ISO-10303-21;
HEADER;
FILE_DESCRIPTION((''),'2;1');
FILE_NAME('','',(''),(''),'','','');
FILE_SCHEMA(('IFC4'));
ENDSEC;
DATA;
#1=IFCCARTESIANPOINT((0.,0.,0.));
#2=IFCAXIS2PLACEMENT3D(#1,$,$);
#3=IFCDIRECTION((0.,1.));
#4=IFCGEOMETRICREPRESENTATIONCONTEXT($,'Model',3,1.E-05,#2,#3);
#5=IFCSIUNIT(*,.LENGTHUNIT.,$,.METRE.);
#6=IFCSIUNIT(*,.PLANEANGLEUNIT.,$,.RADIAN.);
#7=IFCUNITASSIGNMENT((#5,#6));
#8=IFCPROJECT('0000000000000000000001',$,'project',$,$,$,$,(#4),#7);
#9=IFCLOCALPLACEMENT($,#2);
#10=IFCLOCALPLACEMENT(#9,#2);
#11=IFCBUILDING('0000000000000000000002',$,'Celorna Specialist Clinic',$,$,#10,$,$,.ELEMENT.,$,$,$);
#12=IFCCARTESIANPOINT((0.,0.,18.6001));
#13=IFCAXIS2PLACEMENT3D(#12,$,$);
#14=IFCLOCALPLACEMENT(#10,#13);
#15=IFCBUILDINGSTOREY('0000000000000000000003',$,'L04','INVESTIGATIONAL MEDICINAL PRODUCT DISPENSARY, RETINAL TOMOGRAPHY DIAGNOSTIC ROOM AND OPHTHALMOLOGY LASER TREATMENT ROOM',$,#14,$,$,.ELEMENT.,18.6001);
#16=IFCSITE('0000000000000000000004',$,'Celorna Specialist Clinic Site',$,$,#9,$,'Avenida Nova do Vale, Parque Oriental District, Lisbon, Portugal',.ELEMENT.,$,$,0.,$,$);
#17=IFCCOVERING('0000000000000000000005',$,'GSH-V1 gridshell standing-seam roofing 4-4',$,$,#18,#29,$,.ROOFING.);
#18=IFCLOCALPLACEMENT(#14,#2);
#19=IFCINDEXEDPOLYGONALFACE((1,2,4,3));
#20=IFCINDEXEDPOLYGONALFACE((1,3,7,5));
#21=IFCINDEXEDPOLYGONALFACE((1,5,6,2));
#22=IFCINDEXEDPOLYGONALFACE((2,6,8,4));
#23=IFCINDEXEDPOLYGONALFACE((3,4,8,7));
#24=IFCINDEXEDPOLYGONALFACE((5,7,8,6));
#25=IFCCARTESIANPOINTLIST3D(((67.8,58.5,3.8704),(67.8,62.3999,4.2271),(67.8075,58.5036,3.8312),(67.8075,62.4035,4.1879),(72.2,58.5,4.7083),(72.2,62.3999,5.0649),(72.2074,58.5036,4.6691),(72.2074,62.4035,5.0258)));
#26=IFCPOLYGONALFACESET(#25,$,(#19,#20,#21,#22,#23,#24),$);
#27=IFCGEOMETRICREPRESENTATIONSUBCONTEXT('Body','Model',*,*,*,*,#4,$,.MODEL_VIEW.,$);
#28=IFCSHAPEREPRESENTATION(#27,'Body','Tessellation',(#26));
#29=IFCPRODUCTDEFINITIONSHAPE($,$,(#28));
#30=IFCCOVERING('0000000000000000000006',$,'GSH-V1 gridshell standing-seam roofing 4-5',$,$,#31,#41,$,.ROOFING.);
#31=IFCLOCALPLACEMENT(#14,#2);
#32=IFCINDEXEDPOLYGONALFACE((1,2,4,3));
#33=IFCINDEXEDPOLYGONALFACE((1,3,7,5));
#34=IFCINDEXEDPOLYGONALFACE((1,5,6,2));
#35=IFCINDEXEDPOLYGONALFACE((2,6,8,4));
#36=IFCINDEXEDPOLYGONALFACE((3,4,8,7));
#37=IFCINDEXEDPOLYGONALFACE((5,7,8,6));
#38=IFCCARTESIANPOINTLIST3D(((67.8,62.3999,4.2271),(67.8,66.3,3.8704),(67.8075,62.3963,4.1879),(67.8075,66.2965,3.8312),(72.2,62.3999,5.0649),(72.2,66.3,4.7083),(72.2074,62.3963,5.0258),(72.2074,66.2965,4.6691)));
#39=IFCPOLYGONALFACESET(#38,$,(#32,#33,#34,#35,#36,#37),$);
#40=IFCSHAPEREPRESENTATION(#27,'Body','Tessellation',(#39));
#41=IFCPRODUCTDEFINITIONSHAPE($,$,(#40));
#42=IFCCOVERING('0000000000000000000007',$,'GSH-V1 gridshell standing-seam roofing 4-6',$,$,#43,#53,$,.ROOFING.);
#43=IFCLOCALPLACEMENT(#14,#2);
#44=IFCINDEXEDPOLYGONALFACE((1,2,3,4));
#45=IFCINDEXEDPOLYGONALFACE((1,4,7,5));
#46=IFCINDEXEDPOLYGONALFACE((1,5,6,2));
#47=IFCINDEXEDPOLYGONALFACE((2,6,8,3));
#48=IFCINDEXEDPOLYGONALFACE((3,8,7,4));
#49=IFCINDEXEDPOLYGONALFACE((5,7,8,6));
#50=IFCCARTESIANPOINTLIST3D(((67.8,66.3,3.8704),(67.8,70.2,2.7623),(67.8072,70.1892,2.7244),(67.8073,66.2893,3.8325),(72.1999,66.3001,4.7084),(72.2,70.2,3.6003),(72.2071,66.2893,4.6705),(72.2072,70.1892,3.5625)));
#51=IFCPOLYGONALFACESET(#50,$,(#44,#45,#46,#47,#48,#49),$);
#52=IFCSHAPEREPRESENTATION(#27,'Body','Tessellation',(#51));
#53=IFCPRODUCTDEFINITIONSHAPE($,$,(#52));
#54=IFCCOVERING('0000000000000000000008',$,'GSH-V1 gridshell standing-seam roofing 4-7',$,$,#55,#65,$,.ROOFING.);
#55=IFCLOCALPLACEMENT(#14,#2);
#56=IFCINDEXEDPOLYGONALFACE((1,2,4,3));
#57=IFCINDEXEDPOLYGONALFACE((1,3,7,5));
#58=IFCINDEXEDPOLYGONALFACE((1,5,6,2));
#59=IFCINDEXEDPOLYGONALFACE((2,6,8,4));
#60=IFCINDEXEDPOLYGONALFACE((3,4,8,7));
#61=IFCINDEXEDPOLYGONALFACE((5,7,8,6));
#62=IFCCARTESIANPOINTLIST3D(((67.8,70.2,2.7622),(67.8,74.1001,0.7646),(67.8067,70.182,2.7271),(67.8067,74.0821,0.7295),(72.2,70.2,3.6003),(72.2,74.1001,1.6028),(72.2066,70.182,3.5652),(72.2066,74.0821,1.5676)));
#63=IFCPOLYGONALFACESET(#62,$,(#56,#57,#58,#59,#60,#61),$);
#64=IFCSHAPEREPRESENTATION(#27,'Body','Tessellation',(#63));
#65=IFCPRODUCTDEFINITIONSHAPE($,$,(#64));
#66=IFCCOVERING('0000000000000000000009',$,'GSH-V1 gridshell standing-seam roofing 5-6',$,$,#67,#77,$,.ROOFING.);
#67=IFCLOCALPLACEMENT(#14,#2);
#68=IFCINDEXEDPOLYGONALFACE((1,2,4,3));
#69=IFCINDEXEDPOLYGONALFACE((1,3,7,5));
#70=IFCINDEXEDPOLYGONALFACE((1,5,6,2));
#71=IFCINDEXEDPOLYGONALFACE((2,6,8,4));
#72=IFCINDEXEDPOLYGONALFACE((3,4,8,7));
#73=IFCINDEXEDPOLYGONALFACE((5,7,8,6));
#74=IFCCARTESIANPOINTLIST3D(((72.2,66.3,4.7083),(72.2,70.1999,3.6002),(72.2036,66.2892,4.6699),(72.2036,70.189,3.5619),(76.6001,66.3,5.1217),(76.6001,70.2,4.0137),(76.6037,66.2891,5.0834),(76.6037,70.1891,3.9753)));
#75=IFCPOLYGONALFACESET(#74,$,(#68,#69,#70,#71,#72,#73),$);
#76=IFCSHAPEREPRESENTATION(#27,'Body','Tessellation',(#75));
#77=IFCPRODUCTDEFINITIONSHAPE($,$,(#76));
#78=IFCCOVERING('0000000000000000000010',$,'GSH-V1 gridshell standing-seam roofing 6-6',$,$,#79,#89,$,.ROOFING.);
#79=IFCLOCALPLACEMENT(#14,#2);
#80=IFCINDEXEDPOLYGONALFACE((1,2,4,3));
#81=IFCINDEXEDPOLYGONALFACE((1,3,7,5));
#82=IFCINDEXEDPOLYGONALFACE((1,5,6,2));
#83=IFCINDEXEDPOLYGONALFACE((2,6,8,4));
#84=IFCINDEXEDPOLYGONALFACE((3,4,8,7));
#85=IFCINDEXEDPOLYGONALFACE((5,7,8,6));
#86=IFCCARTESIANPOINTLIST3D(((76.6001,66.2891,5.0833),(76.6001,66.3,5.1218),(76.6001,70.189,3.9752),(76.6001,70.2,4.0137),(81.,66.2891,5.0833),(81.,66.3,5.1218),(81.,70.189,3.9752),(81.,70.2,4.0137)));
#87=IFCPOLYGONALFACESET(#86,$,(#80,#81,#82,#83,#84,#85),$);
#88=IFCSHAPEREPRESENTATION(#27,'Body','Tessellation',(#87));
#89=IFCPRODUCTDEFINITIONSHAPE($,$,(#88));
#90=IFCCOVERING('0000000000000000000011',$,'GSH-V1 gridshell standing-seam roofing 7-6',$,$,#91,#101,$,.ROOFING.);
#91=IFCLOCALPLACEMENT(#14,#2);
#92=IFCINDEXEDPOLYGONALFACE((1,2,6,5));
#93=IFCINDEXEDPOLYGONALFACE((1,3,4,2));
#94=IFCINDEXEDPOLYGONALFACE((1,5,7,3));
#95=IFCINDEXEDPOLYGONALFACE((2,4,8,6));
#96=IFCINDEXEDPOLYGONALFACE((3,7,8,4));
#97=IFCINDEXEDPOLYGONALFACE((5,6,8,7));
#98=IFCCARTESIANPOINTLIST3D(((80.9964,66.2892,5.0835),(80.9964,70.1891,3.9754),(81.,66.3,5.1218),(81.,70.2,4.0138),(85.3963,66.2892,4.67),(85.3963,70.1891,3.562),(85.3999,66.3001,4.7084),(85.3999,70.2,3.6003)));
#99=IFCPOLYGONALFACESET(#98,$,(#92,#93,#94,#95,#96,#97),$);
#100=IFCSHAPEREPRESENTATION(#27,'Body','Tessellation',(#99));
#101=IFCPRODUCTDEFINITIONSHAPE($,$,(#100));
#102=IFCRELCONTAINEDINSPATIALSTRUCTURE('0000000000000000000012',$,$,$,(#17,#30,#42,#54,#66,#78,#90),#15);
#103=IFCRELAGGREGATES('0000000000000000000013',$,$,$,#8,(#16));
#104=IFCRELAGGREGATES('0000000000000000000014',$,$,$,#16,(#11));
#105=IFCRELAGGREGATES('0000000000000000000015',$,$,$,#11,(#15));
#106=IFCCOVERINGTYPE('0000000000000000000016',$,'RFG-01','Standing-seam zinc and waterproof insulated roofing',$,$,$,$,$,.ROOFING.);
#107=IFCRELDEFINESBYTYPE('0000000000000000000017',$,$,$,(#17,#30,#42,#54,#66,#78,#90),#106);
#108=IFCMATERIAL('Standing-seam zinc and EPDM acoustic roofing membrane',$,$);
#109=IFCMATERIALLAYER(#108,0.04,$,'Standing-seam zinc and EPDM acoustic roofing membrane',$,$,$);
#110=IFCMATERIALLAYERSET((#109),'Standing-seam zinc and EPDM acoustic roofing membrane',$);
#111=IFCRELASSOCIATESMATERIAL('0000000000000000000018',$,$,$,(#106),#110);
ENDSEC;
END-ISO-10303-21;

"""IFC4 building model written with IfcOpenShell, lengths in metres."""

from ifc_helpers import new_model, si_unit, direction, frame, origin, place, context, subcontext, project, spatial, polyline, outline, extrude, material, layer, layer_set, type_object, element, save


model = new_model("IFC4")

# Units and contexts
model_context = context("Model", 3, precision=1e-05, world=origin(), true_north=direction((0.0, 1.0)))
body_context = subcontext(model_context, "Body", "Model", "MODEL_VIEW")
ifc_project = project(units=[si_unit("LENGTHUNIT", "METRE"), si_unit("PLANEANGLEUNIT", "RADIAN")], contexts=[model_context])

# Site, building, storey
site_placement = place(None, origin())
site = spatial("IfcSite", under=ifc_project, at=site_placement, Name="Celorna Specialist Clinic Site", LongName="Avenida Nova do Vale, Parque Oriental District, Lisbon, Portugal", CompositionType="ELEMENT", RefElevation=0.0)
building_placement = place(site_placement, origin())
building = spatial("IfcBuilding", under=site, at=building_placement, Name="Celorna Specialist Clinic", CompositionType="ELEMENT")
storey_placement = place(building_placement, frame((0.0, 0.0, 18.6001)))
storey = spatial("IfcBuildingStorey", under=building, at=storey_placement, Name="L04", Description="INVESTIGATIONAL MEDICINAL PRODUCT DISPENSARY, RETINAL TOMOGRAPHY DIAGNOSTIC ROOM AND OPHTHALMOLOGY LASER TREATMENT ROOM", CompositionType="ELEMENT", Elevation=18.6001)

# Coverings
ifc_material_1 = material(Name="Standing-seam zinc and EPDM acoustic roofing membrane")
ifc_layer_1 = layer(ifc_material_1, 0.04, Name="Standing-seam zinc and EPDM acoustic roofing membrane")
ifc_layer_set_1 = layer_set([ifc_layer_1], Name="Standing-seam zinc and EPDM acoustic roofing membrane")
covering_type = type_object("IfcCoveringType", Name="RFG-01", Description="Standing-seam zinc and waterproof insulated roofing", PredefinedType="ROOFING", material=ifc_layer_set_1)
covering_1_placement = place(storey_placement, frame((67.8, 58.5, 3.8704), z_axis=(-0.186322, -0.089486, 0.978405), x_axis=(0.982346, 0.0, 0.187072)))
element("IfcCovering", 1, at=covering_1_placement, inside=storey, type_object=covering_type, Name="GSH-V1 gridshell standing-seam roofing 4-4", PredefinedType="ROOFING", context=body_context, shape_type="SweptSolid", body=[
    extrude(outline(polyline([(0.0, 0.0), (4.479, 0.0), (4.5457, 3.9156), (0.0667, 3.9156), (0.0, 0.0)])), origin(), (0.0, 0.0, -1.0), 0.04),
])
covering_2_placement = place(storey_placement, frame((67.8, 62.3999, 4.2271), z_axis=(-0.186322, 0.08948, 0.978406), x_axis=(0.982346, 0.0, 0.187072)))
element("IfcCovering", 2, at=covering_2_placement, inside=storey, type_object=covering_type, Name="GSH-V1 gridshell standing-seam roofing 4-5", PredefinedType="ROOFING", context=body_context, shape_type="SweptSolid", body=[
    extrude(outline(polyline([(0.0, 0.0), (4.479, 0.0), (4.4122, 3.9159), (-0.0667, 3.9159), (0.0, 0.0)])), origin(), (0.0, 0.0, -1.0), 0.04),
])
covering_3_placement = place(storey_placement, frame((67.8, 66.3, 3.8704), z_axis=(-0.180211, 0.268827, 0.94618), x_axis=(0.982342, 0.000007, 0.187096)))
element("IfcCovering", 3, at=covering_3_placement, inside=storey, type_object=covering_type, Name="GSH-V1 gridshell standing-seam roofing 4-6", PredefinedType="ROOFING", context=body_context, shape_type="SweptSolid", body=[
    extrude(outline(polyline([(0.0, 0.0), (4.479, 0.0), (4.2717, 4.0489), (-0.2073, 4.049), (0.0, 0.0)])), origin(), (0.0, 0.0, -1.0), 0.04),
])
covering_4_placement = place(storey_placement, frame((67.8, 70.2, 2.7622), z_axis=(-0.16716, 0.449448, 0.877527), x_axis=(0.982336, 0.0, 0.187125)))
element("IfcCovering", 4, at=covering_4_placement, inside=storey, type_object=covering_type, Name="GSH-V1 gridshell standing-seam roofing 4-7", PredefinedType="ROOFING", context=body_context, shape_type="SweptSolid", body=[
    extrude(outline(polyline([(0.0, 0.0), (4.479, 0.0), (4.1052, 4.366), (-0.3738, 4.366), (0.0, 0.0)])), origin(), (0.0, 0.0, -1.0), 0.04),
])
covering_5_placement = place(storey_placement, frame((72.2, 66.3, 4.7083), z_axis=(-0.090019, 0.272192, 0.958023), x_axis=(0.995614, -0.000007, 0.093553)))
element("IfcCovering", 5, at=covering_5_placement, inside=storey, type_object=covering_type, Name="GSH-V1 gridshell standing-seam roofing 5-6", PredefinedType="ROOFING", context=body_context, shape_type="SweptSolid", body=[
    extrude(outline(polyline([(0.0, 0.0), (4.4195, 0.0), (4.3158, 4.053), (-0.1037, 4.0529), (0.0, 0.0)])), origin(), (0.0, 0.0, -1.0), 0.04),
])
covering_6_placement = place(storey_placement, frame((76.6001, 66.3, 5.1218), z_axis=(0.0, 0.273329, 0.961921), x_axis=(1.0, 0.0, 0.0)))
element("IfcCovering", 6, at=covering_6_placement, inside=storey, type_object=covering_type, Name="GSH-V1 gridshell standing-seam roofing 6-6", PredefinedType="ROOFING", context=body_context, shape_type="SweptSolid", body=[
    extrude(outline(polyline([(0.0, 0.0), (4.3999, 0.0), (4.3999, 4.0543), (0.0, 4.0543), (0.0, 0.0)])), origin(), (0.0, 0.0, -1.0), 0.04),
])
covering_7_placement = place(storey_placement, frame((81.0, 66.3, 5.1218), z_axis=(0.090024, 0.272191, 0.958023), x_axis=(0.995614, 0.000007, -0.093558)))
element("IfcCovering", 7, at=covering_7_placement, inside=storey, type_object=covering_type, Name="GSH-V1 gridshell standing-seam roofing 7-6", PredefinedType="ROOFING", context=body_context, shape_type="SweptSolid", body=[
    extrude(outline(polyline([(0.0, 0.0), (4.4193, 0.0), (4.523, 4.0529), (0.1037, 4.053), (0.0, 0.0)])), origin(), (0.0, 0.0, -1.0), 0.04),
])

save(model, "model.ifc")
